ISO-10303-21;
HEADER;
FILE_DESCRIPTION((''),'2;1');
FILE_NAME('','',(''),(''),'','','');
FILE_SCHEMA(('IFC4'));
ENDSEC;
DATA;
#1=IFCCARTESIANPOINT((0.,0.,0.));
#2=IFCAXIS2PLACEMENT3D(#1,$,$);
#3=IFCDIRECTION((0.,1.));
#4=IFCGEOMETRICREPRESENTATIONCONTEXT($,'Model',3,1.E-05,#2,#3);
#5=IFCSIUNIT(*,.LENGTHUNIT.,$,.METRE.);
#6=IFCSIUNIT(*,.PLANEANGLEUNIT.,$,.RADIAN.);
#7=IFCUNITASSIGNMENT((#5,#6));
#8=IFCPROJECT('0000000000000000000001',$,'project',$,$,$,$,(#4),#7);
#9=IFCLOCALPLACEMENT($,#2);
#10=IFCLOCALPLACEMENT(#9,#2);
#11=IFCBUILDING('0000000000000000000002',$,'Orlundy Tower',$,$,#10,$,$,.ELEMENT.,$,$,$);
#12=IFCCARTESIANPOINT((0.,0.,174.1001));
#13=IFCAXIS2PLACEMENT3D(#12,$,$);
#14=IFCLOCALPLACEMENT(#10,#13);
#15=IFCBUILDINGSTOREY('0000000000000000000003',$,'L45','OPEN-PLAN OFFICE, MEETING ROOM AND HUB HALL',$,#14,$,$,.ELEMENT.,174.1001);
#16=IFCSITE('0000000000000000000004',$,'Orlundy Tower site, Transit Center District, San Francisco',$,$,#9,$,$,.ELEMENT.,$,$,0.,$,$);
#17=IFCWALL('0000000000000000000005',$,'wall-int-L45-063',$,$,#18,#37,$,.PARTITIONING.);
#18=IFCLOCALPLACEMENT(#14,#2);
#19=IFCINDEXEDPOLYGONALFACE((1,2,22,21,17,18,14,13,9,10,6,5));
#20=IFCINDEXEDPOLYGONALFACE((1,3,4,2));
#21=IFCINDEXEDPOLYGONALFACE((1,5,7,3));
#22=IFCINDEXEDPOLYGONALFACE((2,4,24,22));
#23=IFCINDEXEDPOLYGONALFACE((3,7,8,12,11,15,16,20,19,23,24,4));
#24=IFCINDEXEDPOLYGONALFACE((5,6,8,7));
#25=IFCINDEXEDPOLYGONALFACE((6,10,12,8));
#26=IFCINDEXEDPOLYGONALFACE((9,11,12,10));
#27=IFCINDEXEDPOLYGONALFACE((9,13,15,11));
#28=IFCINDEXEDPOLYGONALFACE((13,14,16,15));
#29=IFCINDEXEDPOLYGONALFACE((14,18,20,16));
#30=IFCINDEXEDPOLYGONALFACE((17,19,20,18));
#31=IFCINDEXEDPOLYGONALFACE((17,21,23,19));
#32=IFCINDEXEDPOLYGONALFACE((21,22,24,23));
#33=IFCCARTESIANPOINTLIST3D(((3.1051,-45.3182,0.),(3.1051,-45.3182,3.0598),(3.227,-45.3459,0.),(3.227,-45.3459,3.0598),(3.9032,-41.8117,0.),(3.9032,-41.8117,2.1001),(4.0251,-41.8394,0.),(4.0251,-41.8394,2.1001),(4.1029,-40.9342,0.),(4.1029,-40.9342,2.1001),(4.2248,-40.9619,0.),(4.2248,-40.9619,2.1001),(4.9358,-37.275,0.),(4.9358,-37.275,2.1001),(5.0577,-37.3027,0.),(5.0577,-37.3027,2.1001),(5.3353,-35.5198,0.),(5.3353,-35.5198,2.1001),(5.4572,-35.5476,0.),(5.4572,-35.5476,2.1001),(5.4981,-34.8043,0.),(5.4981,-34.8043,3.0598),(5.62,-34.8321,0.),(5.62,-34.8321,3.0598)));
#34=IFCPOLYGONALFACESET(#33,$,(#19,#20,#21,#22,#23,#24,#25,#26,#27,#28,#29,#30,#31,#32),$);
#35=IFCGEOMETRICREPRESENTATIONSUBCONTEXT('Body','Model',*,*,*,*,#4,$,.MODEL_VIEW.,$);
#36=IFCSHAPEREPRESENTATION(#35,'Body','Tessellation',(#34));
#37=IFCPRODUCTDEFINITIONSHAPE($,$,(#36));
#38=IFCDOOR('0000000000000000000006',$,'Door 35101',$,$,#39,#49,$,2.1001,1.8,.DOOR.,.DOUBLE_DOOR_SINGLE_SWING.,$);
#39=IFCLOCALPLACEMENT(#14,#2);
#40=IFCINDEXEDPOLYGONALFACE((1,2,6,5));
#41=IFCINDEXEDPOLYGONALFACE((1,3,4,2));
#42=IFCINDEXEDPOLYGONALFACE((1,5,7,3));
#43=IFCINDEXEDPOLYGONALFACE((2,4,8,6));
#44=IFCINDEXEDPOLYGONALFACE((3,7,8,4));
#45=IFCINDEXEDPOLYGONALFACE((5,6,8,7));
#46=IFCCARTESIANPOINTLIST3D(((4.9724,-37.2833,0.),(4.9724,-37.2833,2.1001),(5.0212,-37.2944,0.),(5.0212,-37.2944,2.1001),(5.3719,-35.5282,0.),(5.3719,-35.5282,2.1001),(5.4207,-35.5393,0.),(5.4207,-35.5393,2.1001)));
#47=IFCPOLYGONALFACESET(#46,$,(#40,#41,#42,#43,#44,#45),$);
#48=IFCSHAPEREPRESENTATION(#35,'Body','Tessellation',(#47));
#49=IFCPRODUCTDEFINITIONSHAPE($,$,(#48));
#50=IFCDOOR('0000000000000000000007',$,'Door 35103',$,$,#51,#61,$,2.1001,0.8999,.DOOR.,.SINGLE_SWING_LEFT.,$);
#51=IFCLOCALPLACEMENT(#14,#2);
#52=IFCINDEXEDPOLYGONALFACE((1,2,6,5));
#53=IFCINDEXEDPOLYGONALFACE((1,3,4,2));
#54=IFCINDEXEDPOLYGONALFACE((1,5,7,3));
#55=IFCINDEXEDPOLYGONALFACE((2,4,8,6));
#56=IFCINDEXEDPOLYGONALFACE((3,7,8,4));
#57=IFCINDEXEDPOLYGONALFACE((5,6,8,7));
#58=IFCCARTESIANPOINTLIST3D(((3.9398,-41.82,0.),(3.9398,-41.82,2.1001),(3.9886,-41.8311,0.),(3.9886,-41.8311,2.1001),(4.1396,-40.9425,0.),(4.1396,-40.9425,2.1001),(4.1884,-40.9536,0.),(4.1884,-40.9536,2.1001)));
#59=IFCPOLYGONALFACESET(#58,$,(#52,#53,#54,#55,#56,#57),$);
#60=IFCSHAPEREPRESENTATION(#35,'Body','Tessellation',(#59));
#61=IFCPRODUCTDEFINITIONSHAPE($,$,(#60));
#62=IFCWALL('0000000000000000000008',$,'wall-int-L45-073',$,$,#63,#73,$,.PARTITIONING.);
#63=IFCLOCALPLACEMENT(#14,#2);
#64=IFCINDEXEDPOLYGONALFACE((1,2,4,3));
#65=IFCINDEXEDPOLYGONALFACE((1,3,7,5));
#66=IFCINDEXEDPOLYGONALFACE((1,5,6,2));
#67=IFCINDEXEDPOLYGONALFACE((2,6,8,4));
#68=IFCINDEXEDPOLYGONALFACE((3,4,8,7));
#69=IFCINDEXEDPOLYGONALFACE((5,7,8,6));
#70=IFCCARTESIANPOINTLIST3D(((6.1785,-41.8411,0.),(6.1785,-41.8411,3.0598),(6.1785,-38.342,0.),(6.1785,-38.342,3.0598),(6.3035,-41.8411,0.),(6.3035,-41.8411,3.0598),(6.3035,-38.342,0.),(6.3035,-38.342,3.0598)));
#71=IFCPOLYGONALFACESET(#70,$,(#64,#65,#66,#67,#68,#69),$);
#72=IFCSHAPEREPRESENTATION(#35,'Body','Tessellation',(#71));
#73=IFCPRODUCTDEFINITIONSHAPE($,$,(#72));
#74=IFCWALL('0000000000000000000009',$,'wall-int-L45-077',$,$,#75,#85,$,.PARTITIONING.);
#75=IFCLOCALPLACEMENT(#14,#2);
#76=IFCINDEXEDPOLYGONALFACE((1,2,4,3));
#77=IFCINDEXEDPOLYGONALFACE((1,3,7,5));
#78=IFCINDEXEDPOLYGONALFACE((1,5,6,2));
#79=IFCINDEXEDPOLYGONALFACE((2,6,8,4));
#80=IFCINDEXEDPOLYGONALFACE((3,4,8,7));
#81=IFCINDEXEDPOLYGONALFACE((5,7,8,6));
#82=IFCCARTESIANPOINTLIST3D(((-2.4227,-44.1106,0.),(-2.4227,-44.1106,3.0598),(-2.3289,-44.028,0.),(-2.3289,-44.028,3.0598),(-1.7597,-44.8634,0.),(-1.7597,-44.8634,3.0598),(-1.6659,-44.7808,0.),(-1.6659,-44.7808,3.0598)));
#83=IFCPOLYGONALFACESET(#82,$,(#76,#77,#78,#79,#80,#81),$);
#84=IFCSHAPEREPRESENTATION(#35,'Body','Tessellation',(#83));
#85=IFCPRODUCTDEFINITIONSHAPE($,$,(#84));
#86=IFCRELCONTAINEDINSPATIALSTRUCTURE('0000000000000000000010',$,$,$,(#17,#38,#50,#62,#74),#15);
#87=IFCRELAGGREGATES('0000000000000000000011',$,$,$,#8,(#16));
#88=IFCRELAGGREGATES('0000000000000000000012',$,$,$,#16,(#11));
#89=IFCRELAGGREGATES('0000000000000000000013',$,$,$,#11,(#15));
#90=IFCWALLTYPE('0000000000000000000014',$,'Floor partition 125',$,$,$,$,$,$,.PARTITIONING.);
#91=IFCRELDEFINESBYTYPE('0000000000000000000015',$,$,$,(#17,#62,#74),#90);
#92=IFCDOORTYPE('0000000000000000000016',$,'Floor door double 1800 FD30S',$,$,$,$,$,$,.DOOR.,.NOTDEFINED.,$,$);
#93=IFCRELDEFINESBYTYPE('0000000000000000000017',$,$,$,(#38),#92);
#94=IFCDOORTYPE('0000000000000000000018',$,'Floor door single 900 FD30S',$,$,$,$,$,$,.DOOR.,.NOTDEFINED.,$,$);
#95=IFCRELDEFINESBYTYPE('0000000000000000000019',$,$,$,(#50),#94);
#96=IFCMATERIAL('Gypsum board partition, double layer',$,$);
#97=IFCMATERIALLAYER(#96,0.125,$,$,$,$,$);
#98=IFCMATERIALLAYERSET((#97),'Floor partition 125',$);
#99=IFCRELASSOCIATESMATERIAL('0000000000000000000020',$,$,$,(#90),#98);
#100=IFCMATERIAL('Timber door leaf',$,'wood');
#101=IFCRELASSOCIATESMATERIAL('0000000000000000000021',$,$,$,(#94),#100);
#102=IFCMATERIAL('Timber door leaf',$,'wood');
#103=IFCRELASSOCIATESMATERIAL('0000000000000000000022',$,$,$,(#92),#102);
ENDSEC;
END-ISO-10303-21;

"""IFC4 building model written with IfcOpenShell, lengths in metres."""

from ifc_helpers import new_model, si_unit, direction, frame, frame_2d, origin, place, context, subcontext, project, spatial, rectangle, extrude, material, layer, layer_set, type_object, element, fill, save


model = new_model("IFC4")

# Units and contexts
model_context = context("Model", 3, precision=1e-05, world=origin(), true_north=direction((0.0, 1.0)))
body_context = subcontext(model_context, "Body", "Model", "MODEL_VIEW")
ifc_project = project(units=[si_unit("LENGTHUNIT", "METRE"), si_unit("PLANEANGLEUNIT", "RADIAN")], contexts=[model_context])

# Site, building, storey
site_placement = place(None, origin())
site = spatial("IfcSite", under=ifc_project, at=site_placement, Name="Orlundy Tower site, Transit Center District, San Francisco", CompositionType="ELEMENT", RefElevation=0.0)
building_placement = place(site_placement, origin())
building = spatial("IfcBuilding", under=site, at=building_placement, Name="Orlundy Tower", CompositionType="ELEMENT")
storey_placement = place(building_placement, frame((0.0, 0.0, 174.1001)))
storey = spatial("IfcBuildingStorey", under=building, at=storey_placement, Name="L45", Description="OPEN-PLAN OFFICE, MEETING ROOM AND HUB HALL", CompositionType="ELEMENT", Elevation=174.1001)

# Shared definitions
ifc_material_1 = material(Name="Gypsum board partition, double layer")
ifc_layer_1 = layer(ifc_material_1, 0.125)
ifc_layer_set_1 = layer_set([ifc_layer_1], Name="Floor partition 125")
wall_type_1 = type_object("IfcWallType", Name="Floor partition 125", PredefinedType="PARTITIONING", material=ifc_layer_set_1)

# Shared definitions
ifc_material_2 = material(Name="Timber door leaf", Category="wood")
door_type_1 = type_object("IfcDoorType", Name="Floor door single 900 FD30S", OperationType="NOTDEFINED", PredefinedType="DOOR", material=ifc_material_2)

# Wall, openings, doors
wall_1_placement = place(storey_placement, frame((3.166, -45.332, 0.0), z_axis=(0.0, 0.0, 1.0), x_axis=(0.221933, 0.975062, 0.0)))
wall_1 = element("IfcWall", 1, at=wall_1_placement, inside=storey, type_object=wall_type_1, Name="wall-int-L45-063", PredefinedType="PARTITIONING", context=body_context, shape_type="SweptSolid", body=[
    extrude(rectangle(XDim=10.7827, YDim=0.125, at=frame_2d((5.3914, 0.0))), origin(), (0.0, 0.0, 1.0), 3.0598),
])
opening_1_placement = place(wall_1_placement, frame((8.249, 0.0, 0.0)))
opening_1 = element("IfcOpeningElement", 2, at=opening_1_placement, cuts=wall_1, PredefinedType="OPENING", context=body_context, shape_type="SweptSolid", body=[
    extrude(rectangle(XDim=1.8, YDim=2.1001, at=frame_2d((0.8999, 1.05))), frame((0.0, 0.0725, 0.0), z_axis=(0.0, -1.0, 0.0), x_axis=(1.0, 0.0, 0.0)), (0.0, 0.0, 1.0), 0.145),
])
opening_2_placement = place(wall_1_placement, frame((3.5962, 0.0, 0.0)))
opening_2 = element("IfcOpeningElement", 3, at=opening_2_placement, cuts=wall_1, PredefinedType="OPENING", context=body_context, shape_type="SweptSolid", body=[
    extrude(rectangle(XDim=0.8999, YDim=2.1001, at=frame_2d((0.45, 1.05))), frame((0.0, 0.0725, 0.0), z_axis=(0.0, -1.0, 0.0), x_axis=(1.0, 0.0, 0.0)), (0.0, 0.0, 1.0), 0.145),
])
ifc_material_3 = material(Name="Timber door leaf", Category="wood")
door_type_2 = type_object("IfcDoorType", Name="Floor door double 1800 FD30S", OperationType="NOTDEFINED", PredefinedType="DOOR", material=ifc_material_3)
door_1_placement = place(opening_1_placement, origin())
door_1 = element("IfcDoor", 4, at=door_1_placement, inside=storey, type_object=door_type_2, Name="Door 35101", OperationType="DOUBLE_DOOR_SINGLE_SWING", OverallHeight=2.1001, OverallWidth=1.8, PredefinedType="DOOR", context=body_context, shape_type="SweptSolid", body=[
    extrude(rectangle(XDim=1.8, YDim=2.1001, at=frame_2d((0.8999, 1.05))), frame((0.0, 0.0249, 0.0), z_axis=(0.0, -1.0, 0.0), x_axis=(1.0, 0.0, 0.0)), (0.0, 0.0, 1.0), 0.05),
])
fill(opening_1, door_1)
door_2_placement = place(opening_2_placement, origin())
door_2 = element("IfcDoor", 5, at=door_2_placement, inside=storey, type_object=door_type_1, Name="Door 35103", OperationType="SINGLE_SWING_LEFT", OverallHeight=2.1001, OverallWidth=0.8999, PredefinedType="DOOR", context=body_context, shape_type="SweptSolid", body=[
    extrude(rectangle(XDim=0.8999, YDim=2.1001, at=frame_2d((0.45, 1.05))), frame((0.0, 0.0249, 0.0), z_axis=(0.0, -1.0, 0.0), x_axis=(1.0, 0.0, 0.0)), (0.0, 0.0, 1.0), 0.05),
])
fill(opening_2, door_2)

# Walls
wall_2_placement = place(storey_placement, frame((6.241, -41.8411, 0.0), z_axis=(0.0, 0.0, 1.0), x_axis=(0.0, 1.0, 0.0)))
element("IfcWall", 6, at=wall_2_placement, inside=storey, type_object=wall_type_1, Name="wall-int-L45-073", PredefinedType="PARTITIONING", context=body_context, shape_type="SweptSolid", body=[
    extrude(rectangle(XDim=3.499, YDim=0.125, at=frame_2d((1.7495, 0.0))), origin(), (0.0, 0.0, 1.0), 3.0598),
])
wall_3_placement = place(storey_placement, frame((-1.7129, -44.822, 0.0), z_axis=(0.0, 0.0, 1.0), x_axis=(-0.660913, 0.750462, 0.0)))
element("IfcWall", 7, at=wall_3_placement, inside=storey, type_object=wall_type_1, Name="wall-int-L45-077", PredefinedType="PARTITIONING", context=body_context, shape_type="SweptSolid", body=[
    extrude(rectangle(XDim=1.0032, YDim=0.125, at=frame_2d((0.5015, 0.0))), origin(), (0.0, 0.0, 1.0), 3.0598),
])

save(model, "model.ifc")
